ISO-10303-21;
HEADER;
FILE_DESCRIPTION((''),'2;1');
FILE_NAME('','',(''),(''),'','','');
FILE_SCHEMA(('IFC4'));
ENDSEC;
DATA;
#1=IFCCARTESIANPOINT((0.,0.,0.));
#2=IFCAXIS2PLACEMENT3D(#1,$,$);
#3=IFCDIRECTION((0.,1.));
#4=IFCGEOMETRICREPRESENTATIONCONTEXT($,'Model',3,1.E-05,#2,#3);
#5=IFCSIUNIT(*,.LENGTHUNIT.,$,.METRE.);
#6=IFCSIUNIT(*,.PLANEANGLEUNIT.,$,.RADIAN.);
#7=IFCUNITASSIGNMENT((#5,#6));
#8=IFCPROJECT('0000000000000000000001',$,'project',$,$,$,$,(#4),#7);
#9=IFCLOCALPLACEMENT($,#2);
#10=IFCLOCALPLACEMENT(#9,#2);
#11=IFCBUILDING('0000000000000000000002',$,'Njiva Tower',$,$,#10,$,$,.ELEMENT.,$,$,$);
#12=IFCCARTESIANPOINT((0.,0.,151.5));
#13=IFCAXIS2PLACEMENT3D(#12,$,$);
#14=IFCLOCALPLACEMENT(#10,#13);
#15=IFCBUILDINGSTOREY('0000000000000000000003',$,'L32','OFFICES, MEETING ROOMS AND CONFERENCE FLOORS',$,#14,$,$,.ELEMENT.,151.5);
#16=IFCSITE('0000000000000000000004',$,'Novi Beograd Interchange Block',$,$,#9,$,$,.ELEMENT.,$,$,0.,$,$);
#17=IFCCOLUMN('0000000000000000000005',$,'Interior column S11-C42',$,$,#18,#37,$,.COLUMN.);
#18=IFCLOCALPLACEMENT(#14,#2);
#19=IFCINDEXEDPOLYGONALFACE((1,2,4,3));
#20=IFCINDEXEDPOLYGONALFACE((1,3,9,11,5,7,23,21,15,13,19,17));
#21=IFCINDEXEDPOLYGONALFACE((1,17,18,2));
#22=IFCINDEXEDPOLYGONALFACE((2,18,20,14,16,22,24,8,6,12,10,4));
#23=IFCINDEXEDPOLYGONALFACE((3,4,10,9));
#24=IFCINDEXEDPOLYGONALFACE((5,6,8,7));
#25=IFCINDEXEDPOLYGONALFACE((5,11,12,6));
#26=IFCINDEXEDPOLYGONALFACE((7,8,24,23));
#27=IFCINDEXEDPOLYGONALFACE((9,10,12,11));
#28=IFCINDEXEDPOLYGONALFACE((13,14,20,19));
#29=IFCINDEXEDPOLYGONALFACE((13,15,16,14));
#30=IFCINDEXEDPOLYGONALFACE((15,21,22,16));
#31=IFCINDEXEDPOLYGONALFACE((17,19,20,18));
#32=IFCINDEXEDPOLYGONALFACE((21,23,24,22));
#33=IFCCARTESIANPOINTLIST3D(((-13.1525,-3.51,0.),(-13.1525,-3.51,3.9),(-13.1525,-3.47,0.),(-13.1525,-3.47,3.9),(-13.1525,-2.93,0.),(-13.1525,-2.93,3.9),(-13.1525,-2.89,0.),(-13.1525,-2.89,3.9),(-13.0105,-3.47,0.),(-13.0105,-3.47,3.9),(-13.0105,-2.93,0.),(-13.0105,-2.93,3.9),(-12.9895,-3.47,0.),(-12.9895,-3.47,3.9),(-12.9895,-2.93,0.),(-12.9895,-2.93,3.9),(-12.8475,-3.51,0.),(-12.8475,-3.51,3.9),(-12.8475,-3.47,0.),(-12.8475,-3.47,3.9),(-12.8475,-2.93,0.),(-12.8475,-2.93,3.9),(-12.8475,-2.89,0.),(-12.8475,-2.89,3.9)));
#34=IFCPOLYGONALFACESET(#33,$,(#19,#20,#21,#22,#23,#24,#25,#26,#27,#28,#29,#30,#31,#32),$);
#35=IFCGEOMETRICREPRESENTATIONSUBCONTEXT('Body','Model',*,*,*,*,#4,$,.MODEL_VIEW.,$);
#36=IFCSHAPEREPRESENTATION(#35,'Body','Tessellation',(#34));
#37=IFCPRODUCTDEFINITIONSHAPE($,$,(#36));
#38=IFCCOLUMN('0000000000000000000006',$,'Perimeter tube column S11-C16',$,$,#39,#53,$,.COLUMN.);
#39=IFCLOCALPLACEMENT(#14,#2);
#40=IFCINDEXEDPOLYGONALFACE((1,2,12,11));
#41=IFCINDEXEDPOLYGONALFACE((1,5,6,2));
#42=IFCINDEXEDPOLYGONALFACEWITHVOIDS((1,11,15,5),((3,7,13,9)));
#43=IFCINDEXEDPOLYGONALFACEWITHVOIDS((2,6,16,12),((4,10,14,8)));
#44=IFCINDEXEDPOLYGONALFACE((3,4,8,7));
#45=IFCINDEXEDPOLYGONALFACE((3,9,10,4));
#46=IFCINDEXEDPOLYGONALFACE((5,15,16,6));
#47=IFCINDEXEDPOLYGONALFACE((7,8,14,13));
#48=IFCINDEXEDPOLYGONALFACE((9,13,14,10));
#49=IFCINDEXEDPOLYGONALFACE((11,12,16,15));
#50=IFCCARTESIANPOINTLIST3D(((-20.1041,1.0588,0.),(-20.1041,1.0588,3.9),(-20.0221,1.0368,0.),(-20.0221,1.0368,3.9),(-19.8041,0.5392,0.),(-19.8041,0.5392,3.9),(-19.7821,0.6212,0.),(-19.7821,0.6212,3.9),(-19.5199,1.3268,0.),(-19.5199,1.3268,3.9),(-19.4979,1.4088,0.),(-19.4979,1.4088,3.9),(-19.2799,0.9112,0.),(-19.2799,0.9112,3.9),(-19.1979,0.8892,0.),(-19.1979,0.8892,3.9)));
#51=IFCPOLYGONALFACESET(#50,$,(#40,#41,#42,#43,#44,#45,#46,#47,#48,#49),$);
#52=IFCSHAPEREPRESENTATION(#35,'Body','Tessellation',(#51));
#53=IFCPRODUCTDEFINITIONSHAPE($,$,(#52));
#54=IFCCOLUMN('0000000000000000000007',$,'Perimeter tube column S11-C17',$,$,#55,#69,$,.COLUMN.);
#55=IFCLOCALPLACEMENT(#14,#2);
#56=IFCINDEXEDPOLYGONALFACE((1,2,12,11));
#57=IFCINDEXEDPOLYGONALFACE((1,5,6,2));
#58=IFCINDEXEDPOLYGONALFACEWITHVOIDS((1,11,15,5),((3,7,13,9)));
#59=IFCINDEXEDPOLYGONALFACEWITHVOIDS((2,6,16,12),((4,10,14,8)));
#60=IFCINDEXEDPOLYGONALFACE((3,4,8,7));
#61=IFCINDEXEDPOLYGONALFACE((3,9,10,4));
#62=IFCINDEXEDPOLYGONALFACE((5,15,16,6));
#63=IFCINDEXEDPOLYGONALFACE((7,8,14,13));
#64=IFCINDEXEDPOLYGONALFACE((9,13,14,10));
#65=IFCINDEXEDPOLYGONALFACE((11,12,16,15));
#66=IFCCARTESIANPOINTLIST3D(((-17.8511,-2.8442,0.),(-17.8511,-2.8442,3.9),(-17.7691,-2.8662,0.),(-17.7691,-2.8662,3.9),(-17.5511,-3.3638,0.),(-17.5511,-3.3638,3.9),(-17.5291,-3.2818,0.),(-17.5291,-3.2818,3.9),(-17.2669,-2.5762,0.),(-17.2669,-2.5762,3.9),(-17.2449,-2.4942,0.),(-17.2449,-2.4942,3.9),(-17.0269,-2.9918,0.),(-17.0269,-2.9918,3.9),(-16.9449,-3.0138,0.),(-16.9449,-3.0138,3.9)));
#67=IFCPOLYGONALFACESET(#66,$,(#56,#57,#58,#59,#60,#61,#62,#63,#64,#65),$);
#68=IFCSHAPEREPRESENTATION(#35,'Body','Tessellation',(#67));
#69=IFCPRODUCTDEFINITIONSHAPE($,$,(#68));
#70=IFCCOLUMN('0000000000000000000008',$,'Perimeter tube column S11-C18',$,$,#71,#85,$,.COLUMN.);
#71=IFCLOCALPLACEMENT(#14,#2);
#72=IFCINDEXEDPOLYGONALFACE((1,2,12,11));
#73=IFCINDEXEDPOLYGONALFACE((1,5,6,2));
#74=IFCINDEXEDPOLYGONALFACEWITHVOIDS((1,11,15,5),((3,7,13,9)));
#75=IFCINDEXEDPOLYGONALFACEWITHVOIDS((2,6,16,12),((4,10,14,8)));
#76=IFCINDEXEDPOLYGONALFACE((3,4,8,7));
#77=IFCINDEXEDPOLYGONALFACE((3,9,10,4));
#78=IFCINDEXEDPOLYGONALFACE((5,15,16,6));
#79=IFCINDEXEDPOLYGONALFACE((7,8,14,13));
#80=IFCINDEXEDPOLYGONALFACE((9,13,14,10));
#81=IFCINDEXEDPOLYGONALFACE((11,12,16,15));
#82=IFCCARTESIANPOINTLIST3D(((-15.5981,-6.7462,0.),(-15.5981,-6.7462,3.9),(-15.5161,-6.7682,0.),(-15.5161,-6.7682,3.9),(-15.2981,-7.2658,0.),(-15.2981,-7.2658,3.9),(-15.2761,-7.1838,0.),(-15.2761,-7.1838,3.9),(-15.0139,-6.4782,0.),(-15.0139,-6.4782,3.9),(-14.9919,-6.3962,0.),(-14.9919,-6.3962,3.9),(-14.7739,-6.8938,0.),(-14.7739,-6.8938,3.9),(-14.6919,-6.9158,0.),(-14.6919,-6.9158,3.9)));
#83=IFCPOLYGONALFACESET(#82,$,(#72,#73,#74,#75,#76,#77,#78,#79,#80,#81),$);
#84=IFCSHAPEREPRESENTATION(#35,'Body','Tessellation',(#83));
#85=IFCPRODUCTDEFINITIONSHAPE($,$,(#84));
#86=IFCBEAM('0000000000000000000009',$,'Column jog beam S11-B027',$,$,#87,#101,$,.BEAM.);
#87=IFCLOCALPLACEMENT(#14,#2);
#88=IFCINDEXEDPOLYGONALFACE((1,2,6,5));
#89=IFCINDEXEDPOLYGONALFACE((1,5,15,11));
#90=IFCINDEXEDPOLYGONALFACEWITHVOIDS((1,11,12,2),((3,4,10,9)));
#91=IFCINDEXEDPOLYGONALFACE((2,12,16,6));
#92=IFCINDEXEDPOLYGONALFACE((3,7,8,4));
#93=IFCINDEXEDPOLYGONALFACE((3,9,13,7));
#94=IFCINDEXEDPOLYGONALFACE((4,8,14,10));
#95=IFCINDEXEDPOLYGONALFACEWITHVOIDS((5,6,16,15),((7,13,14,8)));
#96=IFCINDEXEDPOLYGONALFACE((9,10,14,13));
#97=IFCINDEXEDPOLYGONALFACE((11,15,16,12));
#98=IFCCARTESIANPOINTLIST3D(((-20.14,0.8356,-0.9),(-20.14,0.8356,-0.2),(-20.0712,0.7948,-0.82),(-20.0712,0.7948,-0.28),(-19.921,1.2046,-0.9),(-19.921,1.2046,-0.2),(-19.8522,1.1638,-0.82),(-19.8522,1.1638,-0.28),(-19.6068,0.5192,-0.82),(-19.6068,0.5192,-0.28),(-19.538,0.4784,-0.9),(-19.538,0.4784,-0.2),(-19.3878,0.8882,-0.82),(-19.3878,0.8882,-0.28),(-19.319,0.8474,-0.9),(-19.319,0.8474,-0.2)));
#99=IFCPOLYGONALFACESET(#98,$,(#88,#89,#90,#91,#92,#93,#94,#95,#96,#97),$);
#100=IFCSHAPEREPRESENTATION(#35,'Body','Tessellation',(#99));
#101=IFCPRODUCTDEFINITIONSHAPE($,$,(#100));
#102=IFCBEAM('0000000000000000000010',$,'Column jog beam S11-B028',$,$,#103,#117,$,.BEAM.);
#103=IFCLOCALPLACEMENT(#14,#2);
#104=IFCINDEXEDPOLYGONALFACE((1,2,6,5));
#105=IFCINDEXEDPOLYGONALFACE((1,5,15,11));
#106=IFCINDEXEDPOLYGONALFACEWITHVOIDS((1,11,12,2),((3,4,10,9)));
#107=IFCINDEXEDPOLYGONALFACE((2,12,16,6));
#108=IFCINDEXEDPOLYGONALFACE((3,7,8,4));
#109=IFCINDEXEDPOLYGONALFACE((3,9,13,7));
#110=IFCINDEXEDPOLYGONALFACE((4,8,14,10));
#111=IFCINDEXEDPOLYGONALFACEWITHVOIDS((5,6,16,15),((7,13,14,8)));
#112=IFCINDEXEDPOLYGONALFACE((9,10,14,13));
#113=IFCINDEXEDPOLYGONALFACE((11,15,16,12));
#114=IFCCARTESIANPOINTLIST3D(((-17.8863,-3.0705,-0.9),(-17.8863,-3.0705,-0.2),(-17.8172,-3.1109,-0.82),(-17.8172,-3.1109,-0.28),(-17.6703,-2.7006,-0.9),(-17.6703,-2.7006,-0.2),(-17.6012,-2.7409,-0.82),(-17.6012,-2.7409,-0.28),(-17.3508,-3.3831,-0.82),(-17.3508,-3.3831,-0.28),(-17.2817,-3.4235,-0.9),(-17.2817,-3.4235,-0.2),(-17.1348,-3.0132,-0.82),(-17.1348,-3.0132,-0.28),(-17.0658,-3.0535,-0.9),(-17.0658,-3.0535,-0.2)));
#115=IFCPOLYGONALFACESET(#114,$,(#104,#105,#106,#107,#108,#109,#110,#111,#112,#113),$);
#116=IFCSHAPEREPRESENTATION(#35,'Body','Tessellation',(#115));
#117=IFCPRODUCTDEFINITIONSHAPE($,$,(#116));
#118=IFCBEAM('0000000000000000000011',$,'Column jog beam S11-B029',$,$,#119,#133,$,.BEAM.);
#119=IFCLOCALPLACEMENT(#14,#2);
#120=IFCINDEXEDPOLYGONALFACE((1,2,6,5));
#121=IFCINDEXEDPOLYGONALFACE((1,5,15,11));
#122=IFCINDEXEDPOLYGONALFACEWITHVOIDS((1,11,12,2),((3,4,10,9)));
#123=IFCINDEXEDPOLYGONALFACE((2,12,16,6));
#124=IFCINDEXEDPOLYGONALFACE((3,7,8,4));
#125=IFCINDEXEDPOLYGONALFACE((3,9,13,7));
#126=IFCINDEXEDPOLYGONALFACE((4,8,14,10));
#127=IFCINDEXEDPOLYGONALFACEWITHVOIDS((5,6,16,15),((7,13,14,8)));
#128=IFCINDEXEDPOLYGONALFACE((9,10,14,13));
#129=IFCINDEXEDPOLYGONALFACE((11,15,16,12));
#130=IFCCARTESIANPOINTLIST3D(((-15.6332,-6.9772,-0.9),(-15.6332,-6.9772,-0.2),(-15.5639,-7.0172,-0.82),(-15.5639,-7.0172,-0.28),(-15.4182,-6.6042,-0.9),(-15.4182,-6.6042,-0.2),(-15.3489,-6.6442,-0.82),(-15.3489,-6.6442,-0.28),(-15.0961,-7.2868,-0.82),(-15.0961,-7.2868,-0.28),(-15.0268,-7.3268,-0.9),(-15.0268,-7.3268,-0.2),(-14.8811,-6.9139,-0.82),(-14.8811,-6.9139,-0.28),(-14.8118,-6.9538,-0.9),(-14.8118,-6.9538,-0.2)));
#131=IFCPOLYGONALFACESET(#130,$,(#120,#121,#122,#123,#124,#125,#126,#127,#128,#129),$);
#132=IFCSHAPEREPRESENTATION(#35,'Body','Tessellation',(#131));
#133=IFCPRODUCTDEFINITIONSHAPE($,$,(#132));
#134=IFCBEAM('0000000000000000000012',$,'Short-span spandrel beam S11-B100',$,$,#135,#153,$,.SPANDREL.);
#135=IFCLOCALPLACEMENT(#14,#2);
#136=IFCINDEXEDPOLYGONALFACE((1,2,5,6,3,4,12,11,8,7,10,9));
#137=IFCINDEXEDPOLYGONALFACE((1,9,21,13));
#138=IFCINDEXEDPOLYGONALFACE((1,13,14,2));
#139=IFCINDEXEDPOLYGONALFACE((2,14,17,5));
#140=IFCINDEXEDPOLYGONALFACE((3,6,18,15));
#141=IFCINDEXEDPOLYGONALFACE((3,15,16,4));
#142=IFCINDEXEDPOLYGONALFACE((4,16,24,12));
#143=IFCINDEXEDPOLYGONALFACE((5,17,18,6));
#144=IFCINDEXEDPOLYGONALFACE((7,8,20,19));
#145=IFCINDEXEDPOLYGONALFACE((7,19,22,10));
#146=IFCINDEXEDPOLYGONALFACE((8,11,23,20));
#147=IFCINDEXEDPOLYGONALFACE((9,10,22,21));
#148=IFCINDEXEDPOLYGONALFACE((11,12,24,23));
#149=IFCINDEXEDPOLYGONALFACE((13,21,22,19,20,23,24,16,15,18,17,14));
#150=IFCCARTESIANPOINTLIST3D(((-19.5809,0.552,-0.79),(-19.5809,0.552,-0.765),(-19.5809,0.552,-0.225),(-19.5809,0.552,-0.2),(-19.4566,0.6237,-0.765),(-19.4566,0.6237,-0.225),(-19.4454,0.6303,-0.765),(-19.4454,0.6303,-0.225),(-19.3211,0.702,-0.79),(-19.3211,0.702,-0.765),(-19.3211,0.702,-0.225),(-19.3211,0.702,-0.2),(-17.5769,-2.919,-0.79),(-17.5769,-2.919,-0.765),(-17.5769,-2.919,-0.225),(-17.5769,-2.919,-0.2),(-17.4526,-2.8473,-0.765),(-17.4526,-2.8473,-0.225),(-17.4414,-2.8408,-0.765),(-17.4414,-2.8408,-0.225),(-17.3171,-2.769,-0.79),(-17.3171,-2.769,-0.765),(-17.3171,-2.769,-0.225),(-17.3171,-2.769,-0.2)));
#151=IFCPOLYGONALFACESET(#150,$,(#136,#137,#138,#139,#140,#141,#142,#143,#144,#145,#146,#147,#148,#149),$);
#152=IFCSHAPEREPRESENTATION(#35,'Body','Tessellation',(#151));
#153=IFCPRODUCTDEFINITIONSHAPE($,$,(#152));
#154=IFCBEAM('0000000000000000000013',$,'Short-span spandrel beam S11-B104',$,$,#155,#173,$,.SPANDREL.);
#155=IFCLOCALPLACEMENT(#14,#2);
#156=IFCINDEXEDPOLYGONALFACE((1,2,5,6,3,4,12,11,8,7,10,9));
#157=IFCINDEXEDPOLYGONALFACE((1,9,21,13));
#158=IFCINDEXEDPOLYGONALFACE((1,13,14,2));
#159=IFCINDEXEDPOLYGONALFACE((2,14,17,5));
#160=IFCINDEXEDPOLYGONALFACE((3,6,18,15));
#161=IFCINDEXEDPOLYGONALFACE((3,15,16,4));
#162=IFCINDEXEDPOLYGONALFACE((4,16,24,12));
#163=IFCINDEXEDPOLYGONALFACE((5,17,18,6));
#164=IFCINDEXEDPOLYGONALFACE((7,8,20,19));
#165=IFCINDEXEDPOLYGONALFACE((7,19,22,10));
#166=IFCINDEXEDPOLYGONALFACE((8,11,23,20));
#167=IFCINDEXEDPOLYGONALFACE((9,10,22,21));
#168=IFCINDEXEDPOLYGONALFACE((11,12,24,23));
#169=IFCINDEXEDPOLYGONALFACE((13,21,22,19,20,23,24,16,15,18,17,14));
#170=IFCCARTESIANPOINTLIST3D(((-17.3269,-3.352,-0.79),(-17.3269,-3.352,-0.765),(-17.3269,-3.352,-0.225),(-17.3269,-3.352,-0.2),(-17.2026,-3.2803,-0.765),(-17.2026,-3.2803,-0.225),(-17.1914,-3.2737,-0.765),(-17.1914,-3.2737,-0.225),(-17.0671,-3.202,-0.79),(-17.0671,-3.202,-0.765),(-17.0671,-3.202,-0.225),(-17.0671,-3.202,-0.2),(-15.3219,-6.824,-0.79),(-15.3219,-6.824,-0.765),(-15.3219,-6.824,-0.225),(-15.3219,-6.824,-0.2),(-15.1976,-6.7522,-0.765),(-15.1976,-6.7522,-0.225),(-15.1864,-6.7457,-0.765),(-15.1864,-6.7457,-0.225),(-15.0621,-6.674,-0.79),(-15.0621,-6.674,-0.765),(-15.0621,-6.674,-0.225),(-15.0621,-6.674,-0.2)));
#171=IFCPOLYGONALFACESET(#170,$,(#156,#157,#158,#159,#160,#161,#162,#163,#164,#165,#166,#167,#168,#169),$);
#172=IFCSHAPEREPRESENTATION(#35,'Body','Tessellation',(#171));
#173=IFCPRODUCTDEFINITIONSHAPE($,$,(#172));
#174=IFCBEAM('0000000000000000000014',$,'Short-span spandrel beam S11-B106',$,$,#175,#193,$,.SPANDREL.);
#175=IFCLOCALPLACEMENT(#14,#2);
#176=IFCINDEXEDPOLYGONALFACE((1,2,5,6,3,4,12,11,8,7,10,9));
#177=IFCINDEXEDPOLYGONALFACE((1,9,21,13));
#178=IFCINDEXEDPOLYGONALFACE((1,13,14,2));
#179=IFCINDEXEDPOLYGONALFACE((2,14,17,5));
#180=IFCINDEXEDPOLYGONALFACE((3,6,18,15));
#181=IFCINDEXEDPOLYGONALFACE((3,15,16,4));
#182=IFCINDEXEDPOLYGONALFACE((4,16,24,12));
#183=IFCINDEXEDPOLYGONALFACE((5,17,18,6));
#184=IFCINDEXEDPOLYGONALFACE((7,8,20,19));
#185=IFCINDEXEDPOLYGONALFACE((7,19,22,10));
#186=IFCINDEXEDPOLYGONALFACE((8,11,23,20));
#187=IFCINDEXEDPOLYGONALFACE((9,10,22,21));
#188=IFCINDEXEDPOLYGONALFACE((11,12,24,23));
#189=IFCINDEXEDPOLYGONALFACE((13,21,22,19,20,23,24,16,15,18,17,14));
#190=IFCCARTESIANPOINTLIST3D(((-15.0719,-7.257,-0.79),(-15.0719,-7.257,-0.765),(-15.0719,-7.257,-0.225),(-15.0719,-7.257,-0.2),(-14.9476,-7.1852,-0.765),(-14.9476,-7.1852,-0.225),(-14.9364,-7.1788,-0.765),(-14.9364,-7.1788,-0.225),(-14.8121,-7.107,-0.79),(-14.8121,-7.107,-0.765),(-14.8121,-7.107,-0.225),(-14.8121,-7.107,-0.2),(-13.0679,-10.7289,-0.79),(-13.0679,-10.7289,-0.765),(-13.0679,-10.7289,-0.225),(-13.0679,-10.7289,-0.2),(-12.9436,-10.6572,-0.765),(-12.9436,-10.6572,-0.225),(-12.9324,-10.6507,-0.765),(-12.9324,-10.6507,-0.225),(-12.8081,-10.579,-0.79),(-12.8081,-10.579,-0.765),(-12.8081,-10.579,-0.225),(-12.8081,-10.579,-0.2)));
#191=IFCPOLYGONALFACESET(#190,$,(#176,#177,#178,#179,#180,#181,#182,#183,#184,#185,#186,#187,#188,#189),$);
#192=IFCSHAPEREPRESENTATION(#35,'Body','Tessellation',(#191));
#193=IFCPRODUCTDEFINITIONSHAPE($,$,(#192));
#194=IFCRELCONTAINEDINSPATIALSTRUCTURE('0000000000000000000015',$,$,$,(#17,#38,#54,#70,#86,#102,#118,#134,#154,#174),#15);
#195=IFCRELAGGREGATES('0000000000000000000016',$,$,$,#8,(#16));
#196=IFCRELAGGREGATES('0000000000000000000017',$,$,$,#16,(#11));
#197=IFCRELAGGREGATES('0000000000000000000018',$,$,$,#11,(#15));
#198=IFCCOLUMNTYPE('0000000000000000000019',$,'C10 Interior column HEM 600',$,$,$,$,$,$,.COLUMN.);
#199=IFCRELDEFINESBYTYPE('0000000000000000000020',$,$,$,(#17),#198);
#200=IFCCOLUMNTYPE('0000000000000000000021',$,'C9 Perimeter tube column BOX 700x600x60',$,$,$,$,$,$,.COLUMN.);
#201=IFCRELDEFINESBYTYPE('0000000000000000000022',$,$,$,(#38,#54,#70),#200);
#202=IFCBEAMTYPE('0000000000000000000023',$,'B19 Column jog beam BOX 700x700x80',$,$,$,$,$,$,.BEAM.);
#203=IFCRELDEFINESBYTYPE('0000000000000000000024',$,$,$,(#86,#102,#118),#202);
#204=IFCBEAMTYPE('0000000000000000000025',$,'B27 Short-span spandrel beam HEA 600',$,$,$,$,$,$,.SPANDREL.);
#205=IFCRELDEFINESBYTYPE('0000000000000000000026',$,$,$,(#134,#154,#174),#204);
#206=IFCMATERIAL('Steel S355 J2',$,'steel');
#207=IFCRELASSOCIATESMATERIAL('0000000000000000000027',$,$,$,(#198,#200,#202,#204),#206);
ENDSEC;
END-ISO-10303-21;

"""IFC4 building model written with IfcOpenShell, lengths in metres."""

from ifc_helpers import new_model, si_unit, direction, frame, origin, origin_2d, place, context, subcontext, project, spatial, hollow_rectangle, i_section, extrude, material, material_profile, profile_set, type_object, element, save


model = new_model("IFC4")

# Units and contexts
model_context = context("Model", 3, precision=1e-05, world=origin(), true_north=direction((0.0, 1.0)))
body_context = subcontext(model_context, "Body", "Model", "MODEL_VIEW")
ifc_project = project(units=[si_unit("LENGTHUNIT", "METRE"), si_unit("PLANEANGLEUNIT", "RADIAN")], contexts=[model_context])

# Site, building, storey
site_placement = place(None, origin())
site = spatial("IfcSite", under=ifc_project, at=site_placement, Name="Novi Beograd Interchange Block", CompositionType="ELEMENT", RefElevation=0.0)
building_placement = place(site_placement, origin())
building = spatial("IfcBuilding", under=site, at=building_placement, Name="Njiva Tower", CompositionType="ELEMENT")
storey_placement = place(building_placement, frame((0.0, 0.0, 151.5)))
storey = spatial("IfcBuildingStorey", under=building, at=storey_placement, Name="L32", Description="OFFICES, MEETING ROOMS AND CONFERENCE FLOORS", CompositionType="ELEMENT", Elevation=151.5)

# Columns
ifc_material_1 = material(Name="Steel S355 J2", Category="steel")
ifc_material_profile_1 = material_profile(ifc_material_1, i_section(OverallWidth=0.305, OverallDepth=0.62, WebThickness=0.021, FlangeThickness=0.04, at=origin_2d()), Name="HEM 600")
ifc_profile_set_1 = profile_set([ifc_material_profile_1], Name="Steel S355 J2")
column_type_1 = type_object("IfcColumnType", Name="C10 Interior column HEM 600", PredefinedType="COLUMN", material=ifc_profile_set_1)
column_placement = place(storey_placement, frame((-13.0, -3.2, 0.0), z_axis=(0.0, 0.0, 1.0), x_axis=(1.0, 0.0, 0.0)))
element("IfcColumn", 1, at=column_placement, inside=storey, type_object=column_type_1, Name="Interior column S11-C42", PredefinedType="COLUMN", context=body_context, shape_type="SweptSolid", body=[
    extrude(i_section(OverallWidth=0.305, OverallDepth=0.62, WebThickness=0.021, FlangeThickness=0.04, at=origin_2d()), origin(), (0.0, 0.0, 1.0), 3.9),
])
ifc_material_profile_2 = material_profile(ifc_material_1, hollow_rectangle(XDim=0.6, YDim=0.7, WallThickness=0.06, at=origin_2d()), Name="BOX 700x600x60")
ifc_profile_set_2 = profile_set([ifc_material_profile_2], Name="Steel S355 J2")
column_type_2 = type_object("IfcColumnType", Name="C9 Perimeter tube column BOX 700x600x60", PredefinedType="COLUMN", material=ifc_profile_set_2)
for number, where, z_axis, x_axis, name in (
    (2, (-19.651, 0.974, 0.0), (0.0, 0.0, 1.0), (0.5, -0.866025, 0.0), "Perimeter tube column S11-C16"),
    (3, (-17.398, -2.929, 0.0), (0.0, 0.0, 1.0), (0.5, -0.866025, 0.0), "Perimeter tube column S11-C17"),
    (4, (-15.145, -6.831, 0.0), (0.0, 0.0, 1.0), (0.5, -0.866025, 0.0), "Perimeter tube column S11-C18"),
):
    element("IfcColumn", number, at=place(storey_placement, frame(where, z_axis=z_axis, x_axis=x_axis)), inside=storey, type_object=column_type_2, Name=name, PredefinedType="COLUMN", context=body_context, shape_type="SweptSolid", body=[
        extrude(hollow_rectangle(XDim=0.6, YDim=0.7, WallThickness=0.06, at=origin_2d()), origin(), (0.0, 0.0, 1.0), 3.9),
    ])

# Beams
ifc_material_profile_3 = material_profile(ifc_material_1, hollow_rectangle(XDim=0.7, YDim=0.7, WallThickness=0.08, at=origin_2d()), Name="BOX 700x700x80")
ifc_profile_set_3 = profile_set([ifc_material_profile_3], Name="Steel S355 J2")
beam_type_1 = type_object("IfcBeamType", Name="B19 Column jog beam BOX 700x700x80", PredefinedType="BEAM", material=ifc_profile_set_3)
beam_1_placement = place(storey_placement, frame((-19.839, 0.657, -0.55), z_axis=(0.510377, 0.859951, 0.0), x_axis=(-0.859951, 0.510377, 0.0)))
element("IfcBeam", 5, at=beam_1_placement, inside=storey, type_object=beam_type_1, Name="Column jog beam S11-B027", PredefinedType="BEAM", context=body_context, shape_type="SweptSolid", body=[
    extrude(hollow_rectangle(XDim=0.7, YDim=0.7, WallThickness=0.08, at=origin_2d()), origin(), (0.0, 0.0, 1.0), 0.4291),
])
beam_2_placement = place(storey_placement, frame((-17.584, -3.247, -0.55), z_axis=(0.504161, 0.86361, 0.0), x_axis=(-0.86361, 0.504161, 0.0)))
element("IfcBeam", 6, at=beam_2_placement, inside=storey, type_object=beam_type_1, Name="Column jog beam S11-B028", PredefinedType="BEAM", context=body_context, shape_type="SweptSolid", body=[
    extrude(hollow_rectangle(XDim=0.7, YDim=0.7, WallThickness=0.08, at=origin_2d()), origin(), (0.0, 0.0, 1.0), 0.4284),
])
beam_3_placement = place(storey_placement, frame((-15.33, -7.152, -0.55), z_axis=(0.499387, 0.866379, 0.0), x_axis=(-0.866379, 0.499387, 0.0)))
element("IfcBeam", 7, at=beam_3_placement, inside=storey, type_object=beam_type_1, Name="Column jog beam S11-B029", PredefinedType="BEAM", context=body_context, shape_type="SweptSolid", body=[
    extrude(hollow_rectangle(XDim=0.7, YDim=0.7, WallThickness=0.08, at=origin_2d()), origin(), (0.0, 0.0, 1.0), 0.4305),
])
ifc_material_profile_4 = material_profile(ifc_material_1, i_section(OverallWidth=0.3, OverallDepth=0.59, WebThickness=0.013, FlangeThickness=0.025, at=origin_2d()), Name="HEA 600")
ifc_profile_set_4 = profile_set([ifc_material_profile_4], Name="Steel S355 J2")
beam_type_2 = type_object("IfcBeamType", Name="B27 Short-span spandrel beam HEA 600", PredefinedType="SPANDREL", material=ifc_profile_set_4)
beam_4_placement = place(storey_placement, frame((-19.451, 0.627, -0.495), z_axis=(0.500003, -0.866024, 0.0), x_axis=(0.866024, 0.500003, 0.0)))
element("IfcBeam", 8, at=beam_4_placement, inside=storey, type_object=beam_type_2, Name="Short-span spandrel beam S11-B100", PredefinedType="SPANDREL", context=body_context, shape_type="SweptSolid", body=[
    extrude(i_section(OverallWidth=0.3, OverallDepth=0.59, WebThickness=0.013, FlangeThickness=0.025, at=origin_2d()), origin(), (0.0, 0.0, 1.0), 4.008),
])
beam_5_placement = place(storey_placement, frame((-17.197, -3.277, -0.495), z_axis=(0.500082, -0.865978, 0.0), x_axis=(0.865978, 0.500082, 0.0)))
element("IfcBeam", 9, at=beam_5_placement, inside=storey, type_object=beam_type_2, Name="Short-span spandrel beam S11-B104", PredefinedType="SPANDREL", context=body_context, shape_type="SweptSolid", body=[
    extrude(i_section(OverallWidth=0.3, OverallDepth=0.59, WebThickness=0.013, FlangeThickness=0.025, at=origin_2d()), origin(), (0.0, 0.0, 1.0), 4.0093),
])
beam_6_placement = place(storey_placement, frame((-14.942, -7.182, -0.495), z_axis=(0.499895, -0.866086, 0.0), x_axis=(0.866086, 0.499895, 0.0)))
element("IfcBeam", 10, at=beam_6_placement, inside=storey, type_object=beam_type_2, Name="Short-span spandrel beam S11-B106", PredefinedType="SPANDREL", context=body_context, shape_type="SweptSolid", body=[
    extrude(i_section(OverallWidth=0.3, OverallDepth=0.59, WebThickness=0.013, FlangeThickness=0.025, at=origin_2d()), origin(), (0.0, 0.0, 1.0), 4.0088),
])

save(model, "model.ifc")
